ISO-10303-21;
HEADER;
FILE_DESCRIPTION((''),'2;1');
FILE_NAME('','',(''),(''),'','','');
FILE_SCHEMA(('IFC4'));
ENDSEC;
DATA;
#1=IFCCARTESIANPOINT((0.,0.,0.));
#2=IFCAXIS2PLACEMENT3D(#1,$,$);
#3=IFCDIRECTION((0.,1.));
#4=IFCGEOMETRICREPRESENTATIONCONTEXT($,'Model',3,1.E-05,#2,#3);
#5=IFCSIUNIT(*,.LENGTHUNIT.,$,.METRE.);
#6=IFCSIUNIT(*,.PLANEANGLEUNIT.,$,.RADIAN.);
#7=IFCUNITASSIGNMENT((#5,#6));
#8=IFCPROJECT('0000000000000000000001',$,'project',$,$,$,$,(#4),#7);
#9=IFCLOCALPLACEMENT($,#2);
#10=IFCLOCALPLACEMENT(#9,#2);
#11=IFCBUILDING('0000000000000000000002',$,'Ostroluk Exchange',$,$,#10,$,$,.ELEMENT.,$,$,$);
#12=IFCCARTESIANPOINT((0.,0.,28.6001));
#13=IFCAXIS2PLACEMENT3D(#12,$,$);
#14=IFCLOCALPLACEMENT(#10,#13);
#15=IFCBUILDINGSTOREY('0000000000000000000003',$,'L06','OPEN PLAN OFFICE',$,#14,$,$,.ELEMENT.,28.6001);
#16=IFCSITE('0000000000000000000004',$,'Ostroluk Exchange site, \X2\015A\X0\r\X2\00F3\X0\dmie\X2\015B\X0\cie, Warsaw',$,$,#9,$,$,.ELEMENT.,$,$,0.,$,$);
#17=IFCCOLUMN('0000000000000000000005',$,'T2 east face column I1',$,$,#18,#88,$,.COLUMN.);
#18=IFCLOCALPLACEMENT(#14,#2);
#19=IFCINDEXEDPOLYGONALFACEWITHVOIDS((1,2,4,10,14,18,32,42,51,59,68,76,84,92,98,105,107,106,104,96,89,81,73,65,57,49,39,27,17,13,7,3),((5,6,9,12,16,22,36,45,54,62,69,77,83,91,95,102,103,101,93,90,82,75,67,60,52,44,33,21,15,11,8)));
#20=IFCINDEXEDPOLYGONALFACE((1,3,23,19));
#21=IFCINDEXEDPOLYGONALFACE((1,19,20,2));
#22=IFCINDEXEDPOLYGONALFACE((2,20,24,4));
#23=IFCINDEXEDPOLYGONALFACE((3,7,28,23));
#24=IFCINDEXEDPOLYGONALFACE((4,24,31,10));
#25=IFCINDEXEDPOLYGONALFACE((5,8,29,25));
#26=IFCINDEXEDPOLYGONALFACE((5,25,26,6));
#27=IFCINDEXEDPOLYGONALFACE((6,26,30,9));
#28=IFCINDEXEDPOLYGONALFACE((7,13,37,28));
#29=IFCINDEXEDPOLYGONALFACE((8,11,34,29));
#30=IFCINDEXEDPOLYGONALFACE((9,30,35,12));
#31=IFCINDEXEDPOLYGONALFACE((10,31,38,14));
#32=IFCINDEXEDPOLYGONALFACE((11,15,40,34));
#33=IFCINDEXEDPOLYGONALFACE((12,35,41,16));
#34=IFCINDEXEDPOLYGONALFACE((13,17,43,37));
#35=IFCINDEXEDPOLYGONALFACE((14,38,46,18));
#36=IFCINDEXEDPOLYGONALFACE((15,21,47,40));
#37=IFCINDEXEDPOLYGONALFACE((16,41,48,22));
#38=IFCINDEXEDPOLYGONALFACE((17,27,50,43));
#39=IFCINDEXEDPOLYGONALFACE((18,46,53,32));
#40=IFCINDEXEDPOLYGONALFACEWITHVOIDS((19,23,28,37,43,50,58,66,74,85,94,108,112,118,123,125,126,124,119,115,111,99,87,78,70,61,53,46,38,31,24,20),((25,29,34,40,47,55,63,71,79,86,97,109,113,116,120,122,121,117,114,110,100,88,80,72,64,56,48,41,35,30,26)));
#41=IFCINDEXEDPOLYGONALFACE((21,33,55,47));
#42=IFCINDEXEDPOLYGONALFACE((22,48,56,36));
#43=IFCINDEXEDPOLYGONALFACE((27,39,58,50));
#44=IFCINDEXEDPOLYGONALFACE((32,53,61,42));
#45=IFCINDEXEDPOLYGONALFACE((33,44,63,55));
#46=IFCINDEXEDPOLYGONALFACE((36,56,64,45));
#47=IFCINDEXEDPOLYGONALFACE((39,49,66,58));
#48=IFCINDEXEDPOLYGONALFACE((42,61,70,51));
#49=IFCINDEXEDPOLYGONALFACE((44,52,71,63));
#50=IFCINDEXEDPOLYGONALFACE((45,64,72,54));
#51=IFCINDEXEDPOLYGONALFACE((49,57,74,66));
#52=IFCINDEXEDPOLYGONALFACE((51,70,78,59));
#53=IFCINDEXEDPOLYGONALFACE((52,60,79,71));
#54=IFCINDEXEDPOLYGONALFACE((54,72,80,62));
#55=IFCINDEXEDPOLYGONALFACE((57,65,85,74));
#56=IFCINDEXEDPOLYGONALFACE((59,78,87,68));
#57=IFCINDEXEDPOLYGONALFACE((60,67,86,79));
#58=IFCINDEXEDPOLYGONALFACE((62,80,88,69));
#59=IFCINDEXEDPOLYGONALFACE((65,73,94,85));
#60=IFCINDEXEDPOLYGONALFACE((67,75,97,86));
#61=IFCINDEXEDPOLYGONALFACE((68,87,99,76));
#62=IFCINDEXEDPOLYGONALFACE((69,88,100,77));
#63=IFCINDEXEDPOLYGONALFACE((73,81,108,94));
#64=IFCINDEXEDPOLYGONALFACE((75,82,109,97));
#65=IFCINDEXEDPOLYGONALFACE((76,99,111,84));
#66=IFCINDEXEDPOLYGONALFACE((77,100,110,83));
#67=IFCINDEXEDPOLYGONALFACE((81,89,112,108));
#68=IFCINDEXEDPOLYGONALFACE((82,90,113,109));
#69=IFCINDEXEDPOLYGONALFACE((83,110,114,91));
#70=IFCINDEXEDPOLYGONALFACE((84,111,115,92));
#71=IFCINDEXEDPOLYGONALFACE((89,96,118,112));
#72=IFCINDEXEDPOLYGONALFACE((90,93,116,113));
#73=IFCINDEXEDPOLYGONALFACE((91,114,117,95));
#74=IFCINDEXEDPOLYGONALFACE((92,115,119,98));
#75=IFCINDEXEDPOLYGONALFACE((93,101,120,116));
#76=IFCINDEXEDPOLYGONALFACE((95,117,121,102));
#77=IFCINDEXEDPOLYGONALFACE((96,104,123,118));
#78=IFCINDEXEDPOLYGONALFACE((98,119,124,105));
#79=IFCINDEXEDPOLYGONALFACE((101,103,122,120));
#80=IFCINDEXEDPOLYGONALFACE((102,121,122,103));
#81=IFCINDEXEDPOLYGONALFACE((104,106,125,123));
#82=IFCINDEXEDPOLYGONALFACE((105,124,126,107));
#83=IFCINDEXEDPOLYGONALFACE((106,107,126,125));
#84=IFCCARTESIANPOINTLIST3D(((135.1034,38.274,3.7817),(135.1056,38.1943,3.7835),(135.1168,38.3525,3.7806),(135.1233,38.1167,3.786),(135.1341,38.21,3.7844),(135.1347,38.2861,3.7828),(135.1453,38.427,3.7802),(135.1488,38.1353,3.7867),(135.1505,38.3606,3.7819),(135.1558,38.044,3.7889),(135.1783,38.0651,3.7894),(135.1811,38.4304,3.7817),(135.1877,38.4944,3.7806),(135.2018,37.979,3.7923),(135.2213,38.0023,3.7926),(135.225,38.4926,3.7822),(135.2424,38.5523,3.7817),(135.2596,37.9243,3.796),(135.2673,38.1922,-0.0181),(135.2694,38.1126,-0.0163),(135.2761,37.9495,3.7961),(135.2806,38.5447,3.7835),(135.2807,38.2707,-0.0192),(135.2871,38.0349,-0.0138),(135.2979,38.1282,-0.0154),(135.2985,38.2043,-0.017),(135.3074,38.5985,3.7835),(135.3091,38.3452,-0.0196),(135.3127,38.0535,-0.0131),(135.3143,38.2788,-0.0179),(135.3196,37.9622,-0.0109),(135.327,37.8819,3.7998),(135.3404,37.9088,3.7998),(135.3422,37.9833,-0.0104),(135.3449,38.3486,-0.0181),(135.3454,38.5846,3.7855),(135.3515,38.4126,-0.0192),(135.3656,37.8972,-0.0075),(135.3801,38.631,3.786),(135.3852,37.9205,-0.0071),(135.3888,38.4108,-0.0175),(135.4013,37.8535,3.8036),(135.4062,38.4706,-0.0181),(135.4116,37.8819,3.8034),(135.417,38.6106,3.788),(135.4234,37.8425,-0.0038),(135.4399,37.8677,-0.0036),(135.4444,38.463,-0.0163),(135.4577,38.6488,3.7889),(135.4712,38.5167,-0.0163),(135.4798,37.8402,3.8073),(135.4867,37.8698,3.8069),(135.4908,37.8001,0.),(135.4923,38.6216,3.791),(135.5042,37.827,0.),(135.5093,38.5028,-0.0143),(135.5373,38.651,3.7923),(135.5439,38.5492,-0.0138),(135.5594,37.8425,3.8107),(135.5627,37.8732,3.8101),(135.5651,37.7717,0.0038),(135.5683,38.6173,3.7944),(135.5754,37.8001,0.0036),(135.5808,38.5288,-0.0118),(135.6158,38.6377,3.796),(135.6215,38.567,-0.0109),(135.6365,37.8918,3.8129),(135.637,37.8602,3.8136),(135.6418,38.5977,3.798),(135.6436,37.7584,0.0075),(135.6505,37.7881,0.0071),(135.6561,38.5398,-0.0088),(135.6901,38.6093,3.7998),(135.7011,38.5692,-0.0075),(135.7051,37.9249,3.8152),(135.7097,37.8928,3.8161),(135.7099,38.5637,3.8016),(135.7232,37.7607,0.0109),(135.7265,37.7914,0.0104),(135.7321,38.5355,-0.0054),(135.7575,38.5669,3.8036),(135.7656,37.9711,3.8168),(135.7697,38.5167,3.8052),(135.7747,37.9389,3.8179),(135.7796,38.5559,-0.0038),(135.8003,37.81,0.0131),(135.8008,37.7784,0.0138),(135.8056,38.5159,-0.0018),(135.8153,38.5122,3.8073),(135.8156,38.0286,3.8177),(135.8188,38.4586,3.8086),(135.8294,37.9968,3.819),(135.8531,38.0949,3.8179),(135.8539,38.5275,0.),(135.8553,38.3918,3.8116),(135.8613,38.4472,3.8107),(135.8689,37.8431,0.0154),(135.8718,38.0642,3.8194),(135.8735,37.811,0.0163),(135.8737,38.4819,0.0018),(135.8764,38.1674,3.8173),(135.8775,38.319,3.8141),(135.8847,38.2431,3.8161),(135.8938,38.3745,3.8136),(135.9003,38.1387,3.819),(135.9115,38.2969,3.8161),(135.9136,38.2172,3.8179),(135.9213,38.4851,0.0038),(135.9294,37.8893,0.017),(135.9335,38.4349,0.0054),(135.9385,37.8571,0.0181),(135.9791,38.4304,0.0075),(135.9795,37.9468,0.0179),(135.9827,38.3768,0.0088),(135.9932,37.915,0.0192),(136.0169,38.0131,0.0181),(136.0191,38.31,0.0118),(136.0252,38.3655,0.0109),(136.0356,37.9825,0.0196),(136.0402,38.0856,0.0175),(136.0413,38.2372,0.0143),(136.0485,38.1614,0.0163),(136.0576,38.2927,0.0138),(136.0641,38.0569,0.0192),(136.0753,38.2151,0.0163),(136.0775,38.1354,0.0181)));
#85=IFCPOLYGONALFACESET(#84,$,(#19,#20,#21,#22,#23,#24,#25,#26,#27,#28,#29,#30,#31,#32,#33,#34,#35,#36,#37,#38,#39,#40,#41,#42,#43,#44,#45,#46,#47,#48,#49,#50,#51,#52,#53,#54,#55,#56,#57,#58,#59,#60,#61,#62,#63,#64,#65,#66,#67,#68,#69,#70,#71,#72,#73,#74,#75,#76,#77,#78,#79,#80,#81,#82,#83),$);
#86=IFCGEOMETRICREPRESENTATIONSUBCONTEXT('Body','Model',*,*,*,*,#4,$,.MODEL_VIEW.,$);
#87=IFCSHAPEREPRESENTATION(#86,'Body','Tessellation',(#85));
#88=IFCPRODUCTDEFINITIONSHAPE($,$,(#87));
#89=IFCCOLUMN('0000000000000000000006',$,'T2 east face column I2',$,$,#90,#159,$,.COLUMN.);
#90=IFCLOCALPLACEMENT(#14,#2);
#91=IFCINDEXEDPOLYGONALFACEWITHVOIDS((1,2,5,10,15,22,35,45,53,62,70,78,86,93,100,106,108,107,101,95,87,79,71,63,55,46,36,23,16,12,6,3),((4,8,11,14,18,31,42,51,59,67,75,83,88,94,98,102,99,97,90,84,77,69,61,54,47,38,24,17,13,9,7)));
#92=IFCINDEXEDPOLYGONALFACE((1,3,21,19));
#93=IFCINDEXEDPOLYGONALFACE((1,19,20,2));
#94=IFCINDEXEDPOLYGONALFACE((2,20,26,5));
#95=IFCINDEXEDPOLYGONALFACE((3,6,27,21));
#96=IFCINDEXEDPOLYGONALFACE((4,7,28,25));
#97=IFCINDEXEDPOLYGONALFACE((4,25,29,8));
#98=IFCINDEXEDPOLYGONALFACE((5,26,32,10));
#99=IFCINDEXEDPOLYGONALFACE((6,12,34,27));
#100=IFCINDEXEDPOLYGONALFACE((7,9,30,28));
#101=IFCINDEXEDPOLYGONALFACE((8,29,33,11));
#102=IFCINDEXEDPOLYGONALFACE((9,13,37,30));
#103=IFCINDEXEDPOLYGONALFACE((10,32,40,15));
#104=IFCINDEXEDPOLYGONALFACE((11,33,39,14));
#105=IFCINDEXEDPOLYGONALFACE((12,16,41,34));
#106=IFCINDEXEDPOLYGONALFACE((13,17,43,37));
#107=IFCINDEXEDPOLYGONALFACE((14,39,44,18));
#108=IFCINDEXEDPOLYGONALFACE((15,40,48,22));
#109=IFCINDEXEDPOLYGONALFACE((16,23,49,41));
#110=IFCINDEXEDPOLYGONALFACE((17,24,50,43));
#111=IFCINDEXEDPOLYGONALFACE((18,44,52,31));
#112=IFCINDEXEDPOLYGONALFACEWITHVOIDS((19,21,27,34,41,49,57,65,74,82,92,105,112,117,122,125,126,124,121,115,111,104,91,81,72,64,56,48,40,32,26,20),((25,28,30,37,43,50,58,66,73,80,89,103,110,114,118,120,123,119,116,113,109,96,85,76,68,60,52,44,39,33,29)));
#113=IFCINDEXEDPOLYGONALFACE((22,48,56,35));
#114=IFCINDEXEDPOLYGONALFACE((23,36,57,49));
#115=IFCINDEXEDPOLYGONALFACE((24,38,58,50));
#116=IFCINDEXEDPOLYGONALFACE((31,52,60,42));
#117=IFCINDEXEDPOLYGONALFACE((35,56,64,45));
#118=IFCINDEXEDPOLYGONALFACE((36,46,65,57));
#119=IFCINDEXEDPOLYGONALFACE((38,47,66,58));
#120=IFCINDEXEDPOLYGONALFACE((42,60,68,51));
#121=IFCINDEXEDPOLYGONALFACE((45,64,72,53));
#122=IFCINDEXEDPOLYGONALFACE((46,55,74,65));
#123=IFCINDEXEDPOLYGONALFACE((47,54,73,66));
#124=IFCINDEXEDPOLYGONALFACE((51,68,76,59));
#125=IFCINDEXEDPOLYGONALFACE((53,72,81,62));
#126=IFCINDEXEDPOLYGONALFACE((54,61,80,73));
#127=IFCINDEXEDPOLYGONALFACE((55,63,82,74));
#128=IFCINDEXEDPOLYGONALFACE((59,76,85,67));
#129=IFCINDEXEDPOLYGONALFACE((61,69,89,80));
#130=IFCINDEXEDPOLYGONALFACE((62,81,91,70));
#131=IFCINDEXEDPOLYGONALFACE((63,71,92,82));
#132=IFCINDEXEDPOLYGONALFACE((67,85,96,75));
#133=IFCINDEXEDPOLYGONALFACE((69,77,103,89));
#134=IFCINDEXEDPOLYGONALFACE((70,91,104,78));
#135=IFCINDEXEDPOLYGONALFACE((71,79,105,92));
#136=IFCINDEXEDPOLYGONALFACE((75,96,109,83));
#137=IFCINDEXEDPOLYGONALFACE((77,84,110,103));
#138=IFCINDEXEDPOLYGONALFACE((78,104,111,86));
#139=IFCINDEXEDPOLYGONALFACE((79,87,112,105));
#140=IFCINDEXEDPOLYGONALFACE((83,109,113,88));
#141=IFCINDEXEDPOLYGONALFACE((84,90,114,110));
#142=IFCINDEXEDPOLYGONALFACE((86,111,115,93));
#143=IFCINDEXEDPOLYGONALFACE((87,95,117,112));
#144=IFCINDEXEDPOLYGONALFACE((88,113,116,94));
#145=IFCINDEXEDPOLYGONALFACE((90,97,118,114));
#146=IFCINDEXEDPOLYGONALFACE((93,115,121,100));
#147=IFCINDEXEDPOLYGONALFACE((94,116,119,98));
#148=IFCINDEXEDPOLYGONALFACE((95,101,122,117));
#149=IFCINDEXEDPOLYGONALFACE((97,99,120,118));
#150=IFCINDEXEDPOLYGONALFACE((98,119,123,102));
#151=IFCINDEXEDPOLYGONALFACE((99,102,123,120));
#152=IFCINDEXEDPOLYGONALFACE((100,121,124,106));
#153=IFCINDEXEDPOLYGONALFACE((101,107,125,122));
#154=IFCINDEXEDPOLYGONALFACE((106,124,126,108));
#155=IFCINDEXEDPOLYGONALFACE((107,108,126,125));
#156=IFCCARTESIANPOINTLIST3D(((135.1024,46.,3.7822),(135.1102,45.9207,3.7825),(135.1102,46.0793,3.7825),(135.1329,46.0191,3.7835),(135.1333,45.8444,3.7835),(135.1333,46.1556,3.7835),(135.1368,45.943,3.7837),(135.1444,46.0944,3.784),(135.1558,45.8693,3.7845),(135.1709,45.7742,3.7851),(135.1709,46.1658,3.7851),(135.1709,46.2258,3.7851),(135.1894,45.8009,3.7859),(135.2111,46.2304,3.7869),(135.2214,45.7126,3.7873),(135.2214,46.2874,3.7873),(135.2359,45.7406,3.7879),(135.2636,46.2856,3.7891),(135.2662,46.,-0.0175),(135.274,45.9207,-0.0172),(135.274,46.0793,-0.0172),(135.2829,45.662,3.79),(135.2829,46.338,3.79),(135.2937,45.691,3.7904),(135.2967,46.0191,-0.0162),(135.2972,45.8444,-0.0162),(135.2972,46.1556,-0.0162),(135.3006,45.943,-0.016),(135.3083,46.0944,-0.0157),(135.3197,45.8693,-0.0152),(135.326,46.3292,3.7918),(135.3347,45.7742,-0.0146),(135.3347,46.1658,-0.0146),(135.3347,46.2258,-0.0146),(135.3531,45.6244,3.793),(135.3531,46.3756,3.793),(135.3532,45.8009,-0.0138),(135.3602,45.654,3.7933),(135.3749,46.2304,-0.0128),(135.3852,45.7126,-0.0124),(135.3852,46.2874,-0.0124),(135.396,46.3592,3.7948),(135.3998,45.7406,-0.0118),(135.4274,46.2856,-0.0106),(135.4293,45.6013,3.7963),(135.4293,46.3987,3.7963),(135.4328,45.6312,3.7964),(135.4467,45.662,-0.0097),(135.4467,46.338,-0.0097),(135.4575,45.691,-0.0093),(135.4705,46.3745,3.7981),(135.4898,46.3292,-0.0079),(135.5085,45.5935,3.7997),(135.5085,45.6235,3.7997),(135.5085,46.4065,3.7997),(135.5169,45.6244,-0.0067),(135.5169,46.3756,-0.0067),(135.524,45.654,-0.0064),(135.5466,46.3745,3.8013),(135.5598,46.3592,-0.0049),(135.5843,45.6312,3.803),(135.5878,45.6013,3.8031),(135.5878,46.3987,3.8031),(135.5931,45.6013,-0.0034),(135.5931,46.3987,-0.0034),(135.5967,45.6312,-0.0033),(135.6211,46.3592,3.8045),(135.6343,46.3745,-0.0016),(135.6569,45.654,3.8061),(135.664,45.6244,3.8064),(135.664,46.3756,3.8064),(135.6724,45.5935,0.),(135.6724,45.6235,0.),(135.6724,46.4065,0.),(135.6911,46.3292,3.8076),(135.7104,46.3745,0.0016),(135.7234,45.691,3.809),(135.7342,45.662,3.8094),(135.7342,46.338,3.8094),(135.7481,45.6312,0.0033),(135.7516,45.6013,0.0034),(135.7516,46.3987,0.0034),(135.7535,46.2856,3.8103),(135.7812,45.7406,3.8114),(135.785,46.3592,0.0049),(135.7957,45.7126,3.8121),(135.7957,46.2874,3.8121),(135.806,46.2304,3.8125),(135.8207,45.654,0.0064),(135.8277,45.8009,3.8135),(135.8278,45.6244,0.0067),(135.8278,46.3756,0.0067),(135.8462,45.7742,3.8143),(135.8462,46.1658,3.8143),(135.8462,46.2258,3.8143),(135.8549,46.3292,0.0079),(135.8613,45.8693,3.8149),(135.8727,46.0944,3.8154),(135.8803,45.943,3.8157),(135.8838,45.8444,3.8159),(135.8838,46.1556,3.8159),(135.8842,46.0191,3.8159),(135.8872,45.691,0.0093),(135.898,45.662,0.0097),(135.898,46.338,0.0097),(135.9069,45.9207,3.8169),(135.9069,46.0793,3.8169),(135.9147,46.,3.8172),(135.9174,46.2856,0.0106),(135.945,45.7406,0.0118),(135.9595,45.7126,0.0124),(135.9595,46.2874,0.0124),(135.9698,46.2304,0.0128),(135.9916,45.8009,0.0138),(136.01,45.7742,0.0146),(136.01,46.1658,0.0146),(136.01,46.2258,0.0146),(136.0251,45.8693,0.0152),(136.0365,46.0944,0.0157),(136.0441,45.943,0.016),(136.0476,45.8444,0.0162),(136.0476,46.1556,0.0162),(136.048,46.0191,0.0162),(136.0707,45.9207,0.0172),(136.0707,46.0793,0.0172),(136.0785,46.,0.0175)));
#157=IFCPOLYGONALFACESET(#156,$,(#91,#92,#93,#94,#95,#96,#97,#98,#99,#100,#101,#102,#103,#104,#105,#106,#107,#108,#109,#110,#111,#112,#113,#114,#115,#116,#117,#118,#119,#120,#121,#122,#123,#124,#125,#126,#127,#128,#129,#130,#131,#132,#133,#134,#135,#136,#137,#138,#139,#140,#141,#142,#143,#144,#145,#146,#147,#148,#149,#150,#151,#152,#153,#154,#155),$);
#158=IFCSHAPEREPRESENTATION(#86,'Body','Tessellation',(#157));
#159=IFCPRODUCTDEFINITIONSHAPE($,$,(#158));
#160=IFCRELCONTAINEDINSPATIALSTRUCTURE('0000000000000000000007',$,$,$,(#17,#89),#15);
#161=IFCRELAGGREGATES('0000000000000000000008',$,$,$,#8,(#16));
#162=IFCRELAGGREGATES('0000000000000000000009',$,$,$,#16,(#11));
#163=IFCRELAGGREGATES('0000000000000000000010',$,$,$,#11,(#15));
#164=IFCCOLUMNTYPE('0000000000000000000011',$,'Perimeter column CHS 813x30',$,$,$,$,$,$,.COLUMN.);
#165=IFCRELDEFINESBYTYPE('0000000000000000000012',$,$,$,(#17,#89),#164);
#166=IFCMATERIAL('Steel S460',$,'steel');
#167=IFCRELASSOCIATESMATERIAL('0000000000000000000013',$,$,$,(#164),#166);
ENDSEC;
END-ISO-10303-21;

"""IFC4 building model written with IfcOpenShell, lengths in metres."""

from ifc_helpers import new_model, si_unit, direction, frame, origin, origin_2d, place, context, subcontext, project, spatial, hollow_circle, extrude, material, material_profile, profile_set, type_object, element, save


model = new_model("IFC4")

# Units and contexts
model_context = context("Model", 3, precision=1e-05, world=origin(), true_north=direction((0.0, 1.0)))
body_context = subcontext(model_context, "Body", "Model", "MODEL_VIEW")
ifc_project = project(units=[si_unit("LENGTHUNIT", "METRE"), si_unit("PLANEANGLEUNIT", "RADIAN")], contexts=[model_context])

# Site, building, storey
site_placement = place(None, origin())
site = spatial("IfcSite", under=ifc_project, at=site_placement, Name="Ostroluk Exchange site, Śródmieście, Warsaw", CompositionType="ELEMENT", RefElevation=0.0)
building_placement = place(site_placement, origin())
building = spatial("IfcBuilding", under=site, at=building_placement, Name="Ostroluk Exchange", CompositionType="ELEMENT")
storey_placement = place(building_placement, frame((0.0, 0.0, 28.6001)))
storey = spatial("IfcBuildingStorey", under=building, at=storey_placement, Name="L06", Description="OPEN PLAN OFFICE", CompositionType="ELEMENT", Elevation=28.6001)

# Columns
ifc_material_1 = material(Name="Steel S460", Category="steel")
ifc_material_profile_1 = material_profile(ifc_material_1, hollow_circle(Radius=0.4065, WallThickness=0.03, at=origin_2d()), Name="CHS 813x30")
ifc_profile_set_1 = profile_set([ifc_material_profile_1], Name="Steel S460")
column_type = type_object("IfcColumnType", Name="Perimeter column CHS 813x30", PredefinedType="COLUMN", material=ifc_profile_set_1)
column_1_placement = place(storey_placement, frame((135.6724, 38.1638, 0.0), z_axis=(-0.043062, 0.021499, 0.998841), x_axis=(-0.44668, -0.894694, 0.0)))
element("IfcColumn", 1, at=column_1_placement, inside=storey, type_object=column_type, Name="T2 east face column I1", PredefinedType="COLUMN", context=body_context, shape_type="SweptSolid", body=[
    extrude(hollow_circle(Radius=0.4065, WallThickness=0.03, at=origin_2d()), origin(), (0.0, 0.0, 1.0), 3.8042),
])
column_2_placement = place(storey_placement, frame((135.6724, 46.0, 0.0), z_axis=(-0.043072, 0.0, 0.999072), x_axis=(0.0, -1.0, 0.0)))
element("IfcColumn", 2, at=column_2_placement, inside=storey, type_object=column_type, Name="T2 east face column I2", PredefinedType="COLUMN", context=body_context, shape_type="SweptSolid", body=[
    extrude(hollow_circle(Radius=0.4065, WallThickness=0.03, at=origin_2d()), origin(), (0.0, 0.0, 1.0), 3.8032),
])

save(model, "model.ifc")
